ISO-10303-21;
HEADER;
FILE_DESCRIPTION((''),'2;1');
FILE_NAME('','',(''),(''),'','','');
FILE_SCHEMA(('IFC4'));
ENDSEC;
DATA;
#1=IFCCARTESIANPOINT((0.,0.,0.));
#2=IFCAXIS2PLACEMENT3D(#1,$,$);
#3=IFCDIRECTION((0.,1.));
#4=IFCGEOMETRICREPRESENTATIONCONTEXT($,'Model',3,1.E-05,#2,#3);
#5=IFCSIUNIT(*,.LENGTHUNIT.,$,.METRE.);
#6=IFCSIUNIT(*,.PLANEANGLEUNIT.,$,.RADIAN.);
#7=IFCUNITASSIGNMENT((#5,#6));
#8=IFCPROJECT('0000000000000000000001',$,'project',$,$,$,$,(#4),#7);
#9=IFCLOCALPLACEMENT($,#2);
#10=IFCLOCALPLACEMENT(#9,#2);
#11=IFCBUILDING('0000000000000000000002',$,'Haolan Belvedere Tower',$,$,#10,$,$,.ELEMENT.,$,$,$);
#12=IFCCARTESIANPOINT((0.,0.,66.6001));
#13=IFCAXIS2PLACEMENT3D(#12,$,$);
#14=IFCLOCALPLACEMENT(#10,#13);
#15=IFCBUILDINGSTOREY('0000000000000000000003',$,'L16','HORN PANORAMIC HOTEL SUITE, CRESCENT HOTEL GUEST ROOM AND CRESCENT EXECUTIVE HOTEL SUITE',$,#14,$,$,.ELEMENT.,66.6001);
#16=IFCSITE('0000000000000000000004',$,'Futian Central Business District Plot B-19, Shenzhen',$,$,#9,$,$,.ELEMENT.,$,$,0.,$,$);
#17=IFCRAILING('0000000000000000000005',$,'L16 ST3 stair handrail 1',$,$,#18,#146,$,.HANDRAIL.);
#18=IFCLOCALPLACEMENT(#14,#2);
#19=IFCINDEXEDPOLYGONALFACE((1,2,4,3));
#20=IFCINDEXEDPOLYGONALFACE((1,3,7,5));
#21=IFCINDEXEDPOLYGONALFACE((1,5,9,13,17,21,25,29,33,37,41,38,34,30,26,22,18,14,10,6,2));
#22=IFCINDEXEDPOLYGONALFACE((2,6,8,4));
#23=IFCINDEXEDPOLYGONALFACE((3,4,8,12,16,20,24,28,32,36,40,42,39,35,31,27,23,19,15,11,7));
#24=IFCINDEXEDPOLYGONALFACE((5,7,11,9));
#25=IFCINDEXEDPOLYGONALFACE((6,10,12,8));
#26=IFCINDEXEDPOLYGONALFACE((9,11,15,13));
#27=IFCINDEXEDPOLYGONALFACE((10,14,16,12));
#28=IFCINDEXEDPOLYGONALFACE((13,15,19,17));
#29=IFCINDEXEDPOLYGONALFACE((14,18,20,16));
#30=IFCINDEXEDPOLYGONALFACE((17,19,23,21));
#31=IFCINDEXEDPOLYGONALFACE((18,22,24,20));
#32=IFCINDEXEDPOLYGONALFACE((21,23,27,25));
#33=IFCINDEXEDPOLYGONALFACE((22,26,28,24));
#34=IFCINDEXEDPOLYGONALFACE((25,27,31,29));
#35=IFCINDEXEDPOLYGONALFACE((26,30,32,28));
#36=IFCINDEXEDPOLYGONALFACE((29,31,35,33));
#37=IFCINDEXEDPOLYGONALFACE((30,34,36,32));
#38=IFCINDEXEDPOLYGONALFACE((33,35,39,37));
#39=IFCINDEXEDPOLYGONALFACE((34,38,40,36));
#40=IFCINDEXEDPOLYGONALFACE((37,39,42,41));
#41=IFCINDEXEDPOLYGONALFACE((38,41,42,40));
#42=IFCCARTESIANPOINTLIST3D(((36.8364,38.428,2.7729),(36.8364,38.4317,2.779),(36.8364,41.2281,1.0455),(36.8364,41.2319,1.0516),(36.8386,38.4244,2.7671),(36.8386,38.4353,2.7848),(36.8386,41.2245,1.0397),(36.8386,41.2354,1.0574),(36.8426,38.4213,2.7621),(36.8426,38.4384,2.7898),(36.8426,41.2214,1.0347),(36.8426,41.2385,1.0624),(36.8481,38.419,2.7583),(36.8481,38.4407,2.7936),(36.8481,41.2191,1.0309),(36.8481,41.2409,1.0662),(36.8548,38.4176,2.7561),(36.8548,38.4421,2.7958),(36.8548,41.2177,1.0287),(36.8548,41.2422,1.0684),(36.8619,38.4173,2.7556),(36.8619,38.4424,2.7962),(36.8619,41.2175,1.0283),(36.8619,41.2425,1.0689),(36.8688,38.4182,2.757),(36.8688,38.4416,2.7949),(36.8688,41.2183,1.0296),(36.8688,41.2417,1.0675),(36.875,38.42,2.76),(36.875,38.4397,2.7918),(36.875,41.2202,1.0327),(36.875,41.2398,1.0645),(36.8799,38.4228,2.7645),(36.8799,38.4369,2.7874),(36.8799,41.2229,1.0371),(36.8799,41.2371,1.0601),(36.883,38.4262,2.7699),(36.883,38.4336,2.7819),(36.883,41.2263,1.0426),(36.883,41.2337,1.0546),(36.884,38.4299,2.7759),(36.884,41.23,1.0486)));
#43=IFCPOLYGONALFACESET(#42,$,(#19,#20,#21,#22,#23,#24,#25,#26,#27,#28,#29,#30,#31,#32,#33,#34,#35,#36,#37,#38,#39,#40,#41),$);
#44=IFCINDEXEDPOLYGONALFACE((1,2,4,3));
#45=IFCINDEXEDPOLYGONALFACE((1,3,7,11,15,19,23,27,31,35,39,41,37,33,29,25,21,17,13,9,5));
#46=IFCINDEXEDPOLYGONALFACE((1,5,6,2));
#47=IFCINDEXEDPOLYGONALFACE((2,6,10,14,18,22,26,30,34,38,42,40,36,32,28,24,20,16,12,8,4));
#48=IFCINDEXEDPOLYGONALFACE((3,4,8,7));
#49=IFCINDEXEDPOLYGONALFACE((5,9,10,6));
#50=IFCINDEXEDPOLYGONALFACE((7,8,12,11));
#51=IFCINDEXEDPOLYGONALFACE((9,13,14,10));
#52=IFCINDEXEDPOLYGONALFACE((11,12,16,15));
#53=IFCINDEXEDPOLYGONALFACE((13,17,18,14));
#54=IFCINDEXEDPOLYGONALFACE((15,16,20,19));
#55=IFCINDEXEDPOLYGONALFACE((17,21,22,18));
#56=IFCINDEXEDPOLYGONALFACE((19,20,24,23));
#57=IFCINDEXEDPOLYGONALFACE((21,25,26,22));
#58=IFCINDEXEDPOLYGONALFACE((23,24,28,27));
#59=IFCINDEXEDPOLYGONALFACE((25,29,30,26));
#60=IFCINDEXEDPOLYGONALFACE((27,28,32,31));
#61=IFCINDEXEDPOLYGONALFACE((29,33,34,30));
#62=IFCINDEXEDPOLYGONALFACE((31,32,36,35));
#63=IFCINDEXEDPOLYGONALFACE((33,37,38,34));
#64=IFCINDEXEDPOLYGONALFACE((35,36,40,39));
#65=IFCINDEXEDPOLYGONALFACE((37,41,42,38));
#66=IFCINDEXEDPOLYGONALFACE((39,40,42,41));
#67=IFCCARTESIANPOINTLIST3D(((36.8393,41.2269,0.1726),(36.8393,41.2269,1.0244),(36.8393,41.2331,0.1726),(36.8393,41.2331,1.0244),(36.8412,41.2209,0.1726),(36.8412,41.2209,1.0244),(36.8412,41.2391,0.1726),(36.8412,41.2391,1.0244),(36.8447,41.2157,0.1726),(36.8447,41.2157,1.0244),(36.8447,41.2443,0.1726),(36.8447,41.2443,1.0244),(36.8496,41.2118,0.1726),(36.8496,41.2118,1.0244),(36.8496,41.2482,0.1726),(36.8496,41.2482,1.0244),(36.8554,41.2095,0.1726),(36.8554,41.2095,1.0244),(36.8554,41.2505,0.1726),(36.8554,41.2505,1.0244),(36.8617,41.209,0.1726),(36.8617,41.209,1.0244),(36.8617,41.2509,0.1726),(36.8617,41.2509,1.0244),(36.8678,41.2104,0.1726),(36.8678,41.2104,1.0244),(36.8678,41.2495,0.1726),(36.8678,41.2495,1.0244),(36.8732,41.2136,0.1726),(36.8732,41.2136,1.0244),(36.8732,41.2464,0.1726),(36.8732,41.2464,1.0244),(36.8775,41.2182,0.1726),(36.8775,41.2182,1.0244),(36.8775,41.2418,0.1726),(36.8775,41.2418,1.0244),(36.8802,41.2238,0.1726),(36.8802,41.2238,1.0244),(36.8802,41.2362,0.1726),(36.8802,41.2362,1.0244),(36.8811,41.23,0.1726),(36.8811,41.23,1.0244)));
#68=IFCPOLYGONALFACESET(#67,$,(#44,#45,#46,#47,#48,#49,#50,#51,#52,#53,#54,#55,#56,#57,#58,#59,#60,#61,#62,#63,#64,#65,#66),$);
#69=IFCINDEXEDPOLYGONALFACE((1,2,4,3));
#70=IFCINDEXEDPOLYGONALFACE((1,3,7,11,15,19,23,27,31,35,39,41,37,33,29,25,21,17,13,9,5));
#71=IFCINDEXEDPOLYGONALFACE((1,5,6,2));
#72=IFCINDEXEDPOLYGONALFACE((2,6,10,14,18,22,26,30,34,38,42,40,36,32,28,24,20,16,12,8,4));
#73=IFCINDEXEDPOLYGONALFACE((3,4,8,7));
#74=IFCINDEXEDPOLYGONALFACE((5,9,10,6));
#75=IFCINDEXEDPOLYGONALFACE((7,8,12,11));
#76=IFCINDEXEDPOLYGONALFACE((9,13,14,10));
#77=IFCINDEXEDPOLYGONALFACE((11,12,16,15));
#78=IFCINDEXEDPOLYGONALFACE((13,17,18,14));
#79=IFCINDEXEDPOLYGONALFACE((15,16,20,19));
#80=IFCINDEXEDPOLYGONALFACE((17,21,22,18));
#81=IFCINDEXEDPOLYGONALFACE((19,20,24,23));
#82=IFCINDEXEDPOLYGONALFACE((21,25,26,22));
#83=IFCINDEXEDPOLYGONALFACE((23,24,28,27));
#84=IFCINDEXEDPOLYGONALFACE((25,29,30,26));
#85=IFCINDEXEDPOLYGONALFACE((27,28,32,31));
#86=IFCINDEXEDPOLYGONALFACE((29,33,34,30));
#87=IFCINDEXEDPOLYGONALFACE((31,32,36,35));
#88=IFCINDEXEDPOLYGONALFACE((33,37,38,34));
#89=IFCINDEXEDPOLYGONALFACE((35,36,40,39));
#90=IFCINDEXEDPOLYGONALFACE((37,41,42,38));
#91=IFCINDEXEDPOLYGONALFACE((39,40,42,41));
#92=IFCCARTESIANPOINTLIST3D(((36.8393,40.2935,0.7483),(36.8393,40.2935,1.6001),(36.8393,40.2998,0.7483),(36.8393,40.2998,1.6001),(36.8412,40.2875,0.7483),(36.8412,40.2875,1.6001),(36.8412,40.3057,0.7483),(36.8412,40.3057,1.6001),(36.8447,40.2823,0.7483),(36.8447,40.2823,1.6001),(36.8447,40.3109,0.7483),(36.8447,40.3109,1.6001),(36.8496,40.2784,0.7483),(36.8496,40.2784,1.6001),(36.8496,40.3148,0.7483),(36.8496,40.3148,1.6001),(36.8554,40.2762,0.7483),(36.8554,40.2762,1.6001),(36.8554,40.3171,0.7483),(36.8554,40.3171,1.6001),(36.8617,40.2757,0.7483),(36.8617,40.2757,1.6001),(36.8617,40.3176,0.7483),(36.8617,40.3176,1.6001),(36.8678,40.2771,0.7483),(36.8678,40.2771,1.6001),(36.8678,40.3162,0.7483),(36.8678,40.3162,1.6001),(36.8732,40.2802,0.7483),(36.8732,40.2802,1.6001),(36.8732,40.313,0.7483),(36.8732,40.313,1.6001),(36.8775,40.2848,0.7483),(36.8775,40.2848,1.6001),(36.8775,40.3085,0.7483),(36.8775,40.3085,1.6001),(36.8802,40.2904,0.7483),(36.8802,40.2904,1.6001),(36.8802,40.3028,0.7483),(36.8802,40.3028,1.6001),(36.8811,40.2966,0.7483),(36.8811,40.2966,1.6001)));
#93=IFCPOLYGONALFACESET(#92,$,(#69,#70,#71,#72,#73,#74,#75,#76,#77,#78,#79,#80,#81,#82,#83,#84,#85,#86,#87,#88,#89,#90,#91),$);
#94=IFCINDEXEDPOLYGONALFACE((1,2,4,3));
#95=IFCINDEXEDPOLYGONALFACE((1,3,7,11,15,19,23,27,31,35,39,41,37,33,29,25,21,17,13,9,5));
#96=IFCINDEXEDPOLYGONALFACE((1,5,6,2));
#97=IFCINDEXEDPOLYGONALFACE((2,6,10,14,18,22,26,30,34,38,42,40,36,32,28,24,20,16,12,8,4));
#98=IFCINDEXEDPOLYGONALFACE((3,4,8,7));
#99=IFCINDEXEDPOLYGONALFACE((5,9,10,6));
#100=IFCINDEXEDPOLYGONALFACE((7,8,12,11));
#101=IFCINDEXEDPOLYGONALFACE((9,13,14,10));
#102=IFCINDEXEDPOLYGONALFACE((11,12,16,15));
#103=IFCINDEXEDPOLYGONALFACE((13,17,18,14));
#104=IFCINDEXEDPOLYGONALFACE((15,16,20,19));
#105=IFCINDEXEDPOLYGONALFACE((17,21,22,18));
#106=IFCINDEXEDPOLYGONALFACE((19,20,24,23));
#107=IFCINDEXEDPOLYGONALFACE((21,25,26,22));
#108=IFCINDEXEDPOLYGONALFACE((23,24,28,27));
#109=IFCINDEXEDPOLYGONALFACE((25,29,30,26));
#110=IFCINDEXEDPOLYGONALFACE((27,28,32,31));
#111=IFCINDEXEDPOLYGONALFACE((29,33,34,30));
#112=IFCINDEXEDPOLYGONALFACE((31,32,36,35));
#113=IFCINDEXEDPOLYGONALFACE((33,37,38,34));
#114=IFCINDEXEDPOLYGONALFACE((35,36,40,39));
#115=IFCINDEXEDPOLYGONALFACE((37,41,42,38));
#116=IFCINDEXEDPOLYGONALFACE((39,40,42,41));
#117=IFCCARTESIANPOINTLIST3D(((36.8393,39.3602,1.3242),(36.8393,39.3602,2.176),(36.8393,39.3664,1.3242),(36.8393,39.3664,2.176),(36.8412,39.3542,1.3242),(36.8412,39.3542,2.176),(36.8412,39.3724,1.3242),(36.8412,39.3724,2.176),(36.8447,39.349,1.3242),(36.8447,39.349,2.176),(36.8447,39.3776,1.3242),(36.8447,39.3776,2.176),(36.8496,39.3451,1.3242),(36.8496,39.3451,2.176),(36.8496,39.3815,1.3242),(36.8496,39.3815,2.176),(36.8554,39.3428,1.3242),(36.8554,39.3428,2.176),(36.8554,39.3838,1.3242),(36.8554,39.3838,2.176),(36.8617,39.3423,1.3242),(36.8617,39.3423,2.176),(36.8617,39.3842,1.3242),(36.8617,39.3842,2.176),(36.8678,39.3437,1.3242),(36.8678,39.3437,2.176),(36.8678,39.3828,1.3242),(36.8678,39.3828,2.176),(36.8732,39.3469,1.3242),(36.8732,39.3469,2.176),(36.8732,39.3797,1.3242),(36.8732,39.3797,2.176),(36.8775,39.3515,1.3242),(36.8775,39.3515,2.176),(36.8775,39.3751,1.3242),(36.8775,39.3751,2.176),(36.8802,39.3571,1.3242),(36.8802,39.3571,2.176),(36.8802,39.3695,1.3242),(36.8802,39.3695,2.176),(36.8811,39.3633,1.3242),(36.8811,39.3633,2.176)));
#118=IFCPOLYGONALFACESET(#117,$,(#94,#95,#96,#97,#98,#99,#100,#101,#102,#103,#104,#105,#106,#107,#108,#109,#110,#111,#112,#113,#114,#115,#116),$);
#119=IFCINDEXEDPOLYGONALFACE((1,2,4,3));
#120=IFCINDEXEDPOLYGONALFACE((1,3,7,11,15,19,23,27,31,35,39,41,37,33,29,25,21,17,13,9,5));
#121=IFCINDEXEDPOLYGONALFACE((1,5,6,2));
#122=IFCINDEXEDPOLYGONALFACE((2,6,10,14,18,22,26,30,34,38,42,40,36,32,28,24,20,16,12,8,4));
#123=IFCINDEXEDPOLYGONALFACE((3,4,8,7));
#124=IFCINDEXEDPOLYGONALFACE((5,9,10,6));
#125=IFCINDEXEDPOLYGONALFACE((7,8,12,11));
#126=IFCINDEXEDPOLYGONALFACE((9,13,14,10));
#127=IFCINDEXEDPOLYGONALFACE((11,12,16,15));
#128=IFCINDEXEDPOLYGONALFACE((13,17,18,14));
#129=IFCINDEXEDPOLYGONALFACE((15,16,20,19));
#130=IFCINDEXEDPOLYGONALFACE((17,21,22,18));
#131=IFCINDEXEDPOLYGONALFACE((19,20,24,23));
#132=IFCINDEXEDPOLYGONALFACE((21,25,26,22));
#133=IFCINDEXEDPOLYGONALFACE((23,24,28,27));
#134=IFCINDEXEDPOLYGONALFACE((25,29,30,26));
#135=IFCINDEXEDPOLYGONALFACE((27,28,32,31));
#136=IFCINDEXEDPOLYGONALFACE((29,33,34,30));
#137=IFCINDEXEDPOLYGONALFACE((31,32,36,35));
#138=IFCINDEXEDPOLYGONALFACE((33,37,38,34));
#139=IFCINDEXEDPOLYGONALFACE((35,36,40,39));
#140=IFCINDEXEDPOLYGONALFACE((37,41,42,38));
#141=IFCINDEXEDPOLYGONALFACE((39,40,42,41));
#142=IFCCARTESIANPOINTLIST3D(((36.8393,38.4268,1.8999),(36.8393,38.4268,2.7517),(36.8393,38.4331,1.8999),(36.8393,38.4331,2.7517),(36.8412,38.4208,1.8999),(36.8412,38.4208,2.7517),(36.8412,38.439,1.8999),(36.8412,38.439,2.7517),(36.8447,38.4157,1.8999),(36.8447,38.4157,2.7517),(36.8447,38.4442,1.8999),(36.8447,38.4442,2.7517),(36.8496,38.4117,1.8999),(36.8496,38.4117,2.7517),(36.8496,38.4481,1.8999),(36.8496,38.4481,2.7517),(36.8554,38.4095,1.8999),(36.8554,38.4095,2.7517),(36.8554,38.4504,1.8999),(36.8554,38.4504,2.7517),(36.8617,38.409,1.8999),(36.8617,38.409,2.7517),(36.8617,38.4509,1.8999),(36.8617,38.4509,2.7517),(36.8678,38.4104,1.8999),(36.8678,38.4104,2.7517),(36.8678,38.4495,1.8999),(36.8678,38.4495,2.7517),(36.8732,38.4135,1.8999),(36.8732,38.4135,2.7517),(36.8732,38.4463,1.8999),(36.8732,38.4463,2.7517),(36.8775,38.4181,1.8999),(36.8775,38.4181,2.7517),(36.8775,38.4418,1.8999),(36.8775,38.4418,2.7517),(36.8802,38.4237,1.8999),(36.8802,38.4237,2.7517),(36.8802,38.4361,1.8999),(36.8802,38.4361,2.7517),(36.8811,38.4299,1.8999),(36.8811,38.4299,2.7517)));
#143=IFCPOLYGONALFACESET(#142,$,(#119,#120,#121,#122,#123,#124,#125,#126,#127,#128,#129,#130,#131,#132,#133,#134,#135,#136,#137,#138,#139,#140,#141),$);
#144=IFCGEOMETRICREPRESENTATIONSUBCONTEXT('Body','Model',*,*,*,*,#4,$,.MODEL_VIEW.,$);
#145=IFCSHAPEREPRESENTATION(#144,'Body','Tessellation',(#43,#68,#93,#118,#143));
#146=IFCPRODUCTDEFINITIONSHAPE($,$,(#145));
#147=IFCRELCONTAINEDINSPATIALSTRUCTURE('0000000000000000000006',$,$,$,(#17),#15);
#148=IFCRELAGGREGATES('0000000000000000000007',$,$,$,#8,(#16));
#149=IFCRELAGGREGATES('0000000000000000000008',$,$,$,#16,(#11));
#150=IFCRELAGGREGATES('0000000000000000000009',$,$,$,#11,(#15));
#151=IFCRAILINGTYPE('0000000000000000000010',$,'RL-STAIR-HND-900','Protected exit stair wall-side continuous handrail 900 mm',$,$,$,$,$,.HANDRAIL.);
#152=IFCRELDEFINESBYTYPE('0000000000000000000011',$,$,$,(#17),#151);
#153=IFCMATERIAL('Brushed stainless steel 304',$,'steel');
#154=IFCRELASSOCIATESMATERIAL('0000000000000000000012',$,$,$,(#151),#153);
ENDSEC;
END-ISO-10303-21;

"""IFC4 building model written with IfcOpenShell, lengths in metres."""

from ifc_helpers import new_model, si_unit, direction, frame, origin, origin_2d, place, context, subcontext, project, spatial, circle, extrude, material, type_object, element, save


model = new_model("IFC4")

# Units and contexts
model_context = context("Model", 3, precision=1e-05, world=origin(), true_north=direction((0.0, 1.0)))
body_context = subcontext(model_context, "Body", "Model", "MODEL_VIEW")
ifc_project = project(units=[si_unit("LENGTHUNIT", "METRE"), si_unit("PLANEANGLEUNIT", "RADIAN")], contexts=[model_context])

# Site, building, storey
site_placement = place(None, origin())
site = spatial("IfcSite", under=ifc_project, at=site_placement, Name="Futian Central Business District Plot B-19, Shenzhen", CompositionType="ELEMENT", RefElevation=0.0)
building_placement = place(site_placement, origin())
building = spatial("IfcBuilding", under=site, at=building_placement, Name="Haolan Belvedere Tower", CompositionType="ELEMENT")
storey_placement = place(building_placement, frame((0.0, 0.0, 66.6001)))
storey = spatial("IfcBuildingStorey", under=building, at=storey_placement, Name="L16", Description="HORN PANORAMIC HOTEL SUITE, CRESCENT HOTEL GUEST ROOM AND CRESCENT EXECUTIVE HOTEL SUITE", CompositionType="ELEMENT", Elevation=66.6001)

# Railing
ifc_material_1 = material(Name="Brushed stainless steel 304", Category="steel")
railing_type_1 = type_object("IfcRailingType", Name="RL-STAIR-HND-900", Description="Protected exit stair wall-side continuous handrail 900 mm", PredefinedType="HANDRAIL", material=ifc_material_1)
railing_1_placement = place(storey_placement, frame((36.8601, 41.23, 0.1726)))
element("IfcRailing", 1, at=railing_1_placement, inside=storey, type_object=railing_type_1, Name="L16 ST3 stair handrail 1", PredefinedType="HANDRAIL", context=body_context, shape_type="SweptSolid", body=[
    extrude(circle(Radius=0.0239, at=origin_2d()), frame((0.0, 0.0, 0.876), z_axis=(0.0, -0.85109, 0.52502), x_axis=(1.0, 0.0, 0.0)), (0.0, 0.0, 1.0), 3.29),
    extrude(circle(Radius=0.021, at=origin_2d()), origin(), (0.0, 0.0, 1.0), 0.8518),
    extrude(circle(Radius=0.021, at=origin_2d()), frame((0.0, -0.9333, 0.5757)), (0.0, 0.0, 1.0), 0.8518),
    extrude(circle(Radius=0.021, at=origin_2d()), frame((0.0, -1.8667, 1.1516)), (0.0, 0.0, 1.0), 0.8518),
    extrude(circle(Radius=0.021, at=origin_2d()), frame((0.0, -2.8, 1.7273)), (0.0, 0.0, 1.0), 0.8518),
])

save(model, "model.ifc")
